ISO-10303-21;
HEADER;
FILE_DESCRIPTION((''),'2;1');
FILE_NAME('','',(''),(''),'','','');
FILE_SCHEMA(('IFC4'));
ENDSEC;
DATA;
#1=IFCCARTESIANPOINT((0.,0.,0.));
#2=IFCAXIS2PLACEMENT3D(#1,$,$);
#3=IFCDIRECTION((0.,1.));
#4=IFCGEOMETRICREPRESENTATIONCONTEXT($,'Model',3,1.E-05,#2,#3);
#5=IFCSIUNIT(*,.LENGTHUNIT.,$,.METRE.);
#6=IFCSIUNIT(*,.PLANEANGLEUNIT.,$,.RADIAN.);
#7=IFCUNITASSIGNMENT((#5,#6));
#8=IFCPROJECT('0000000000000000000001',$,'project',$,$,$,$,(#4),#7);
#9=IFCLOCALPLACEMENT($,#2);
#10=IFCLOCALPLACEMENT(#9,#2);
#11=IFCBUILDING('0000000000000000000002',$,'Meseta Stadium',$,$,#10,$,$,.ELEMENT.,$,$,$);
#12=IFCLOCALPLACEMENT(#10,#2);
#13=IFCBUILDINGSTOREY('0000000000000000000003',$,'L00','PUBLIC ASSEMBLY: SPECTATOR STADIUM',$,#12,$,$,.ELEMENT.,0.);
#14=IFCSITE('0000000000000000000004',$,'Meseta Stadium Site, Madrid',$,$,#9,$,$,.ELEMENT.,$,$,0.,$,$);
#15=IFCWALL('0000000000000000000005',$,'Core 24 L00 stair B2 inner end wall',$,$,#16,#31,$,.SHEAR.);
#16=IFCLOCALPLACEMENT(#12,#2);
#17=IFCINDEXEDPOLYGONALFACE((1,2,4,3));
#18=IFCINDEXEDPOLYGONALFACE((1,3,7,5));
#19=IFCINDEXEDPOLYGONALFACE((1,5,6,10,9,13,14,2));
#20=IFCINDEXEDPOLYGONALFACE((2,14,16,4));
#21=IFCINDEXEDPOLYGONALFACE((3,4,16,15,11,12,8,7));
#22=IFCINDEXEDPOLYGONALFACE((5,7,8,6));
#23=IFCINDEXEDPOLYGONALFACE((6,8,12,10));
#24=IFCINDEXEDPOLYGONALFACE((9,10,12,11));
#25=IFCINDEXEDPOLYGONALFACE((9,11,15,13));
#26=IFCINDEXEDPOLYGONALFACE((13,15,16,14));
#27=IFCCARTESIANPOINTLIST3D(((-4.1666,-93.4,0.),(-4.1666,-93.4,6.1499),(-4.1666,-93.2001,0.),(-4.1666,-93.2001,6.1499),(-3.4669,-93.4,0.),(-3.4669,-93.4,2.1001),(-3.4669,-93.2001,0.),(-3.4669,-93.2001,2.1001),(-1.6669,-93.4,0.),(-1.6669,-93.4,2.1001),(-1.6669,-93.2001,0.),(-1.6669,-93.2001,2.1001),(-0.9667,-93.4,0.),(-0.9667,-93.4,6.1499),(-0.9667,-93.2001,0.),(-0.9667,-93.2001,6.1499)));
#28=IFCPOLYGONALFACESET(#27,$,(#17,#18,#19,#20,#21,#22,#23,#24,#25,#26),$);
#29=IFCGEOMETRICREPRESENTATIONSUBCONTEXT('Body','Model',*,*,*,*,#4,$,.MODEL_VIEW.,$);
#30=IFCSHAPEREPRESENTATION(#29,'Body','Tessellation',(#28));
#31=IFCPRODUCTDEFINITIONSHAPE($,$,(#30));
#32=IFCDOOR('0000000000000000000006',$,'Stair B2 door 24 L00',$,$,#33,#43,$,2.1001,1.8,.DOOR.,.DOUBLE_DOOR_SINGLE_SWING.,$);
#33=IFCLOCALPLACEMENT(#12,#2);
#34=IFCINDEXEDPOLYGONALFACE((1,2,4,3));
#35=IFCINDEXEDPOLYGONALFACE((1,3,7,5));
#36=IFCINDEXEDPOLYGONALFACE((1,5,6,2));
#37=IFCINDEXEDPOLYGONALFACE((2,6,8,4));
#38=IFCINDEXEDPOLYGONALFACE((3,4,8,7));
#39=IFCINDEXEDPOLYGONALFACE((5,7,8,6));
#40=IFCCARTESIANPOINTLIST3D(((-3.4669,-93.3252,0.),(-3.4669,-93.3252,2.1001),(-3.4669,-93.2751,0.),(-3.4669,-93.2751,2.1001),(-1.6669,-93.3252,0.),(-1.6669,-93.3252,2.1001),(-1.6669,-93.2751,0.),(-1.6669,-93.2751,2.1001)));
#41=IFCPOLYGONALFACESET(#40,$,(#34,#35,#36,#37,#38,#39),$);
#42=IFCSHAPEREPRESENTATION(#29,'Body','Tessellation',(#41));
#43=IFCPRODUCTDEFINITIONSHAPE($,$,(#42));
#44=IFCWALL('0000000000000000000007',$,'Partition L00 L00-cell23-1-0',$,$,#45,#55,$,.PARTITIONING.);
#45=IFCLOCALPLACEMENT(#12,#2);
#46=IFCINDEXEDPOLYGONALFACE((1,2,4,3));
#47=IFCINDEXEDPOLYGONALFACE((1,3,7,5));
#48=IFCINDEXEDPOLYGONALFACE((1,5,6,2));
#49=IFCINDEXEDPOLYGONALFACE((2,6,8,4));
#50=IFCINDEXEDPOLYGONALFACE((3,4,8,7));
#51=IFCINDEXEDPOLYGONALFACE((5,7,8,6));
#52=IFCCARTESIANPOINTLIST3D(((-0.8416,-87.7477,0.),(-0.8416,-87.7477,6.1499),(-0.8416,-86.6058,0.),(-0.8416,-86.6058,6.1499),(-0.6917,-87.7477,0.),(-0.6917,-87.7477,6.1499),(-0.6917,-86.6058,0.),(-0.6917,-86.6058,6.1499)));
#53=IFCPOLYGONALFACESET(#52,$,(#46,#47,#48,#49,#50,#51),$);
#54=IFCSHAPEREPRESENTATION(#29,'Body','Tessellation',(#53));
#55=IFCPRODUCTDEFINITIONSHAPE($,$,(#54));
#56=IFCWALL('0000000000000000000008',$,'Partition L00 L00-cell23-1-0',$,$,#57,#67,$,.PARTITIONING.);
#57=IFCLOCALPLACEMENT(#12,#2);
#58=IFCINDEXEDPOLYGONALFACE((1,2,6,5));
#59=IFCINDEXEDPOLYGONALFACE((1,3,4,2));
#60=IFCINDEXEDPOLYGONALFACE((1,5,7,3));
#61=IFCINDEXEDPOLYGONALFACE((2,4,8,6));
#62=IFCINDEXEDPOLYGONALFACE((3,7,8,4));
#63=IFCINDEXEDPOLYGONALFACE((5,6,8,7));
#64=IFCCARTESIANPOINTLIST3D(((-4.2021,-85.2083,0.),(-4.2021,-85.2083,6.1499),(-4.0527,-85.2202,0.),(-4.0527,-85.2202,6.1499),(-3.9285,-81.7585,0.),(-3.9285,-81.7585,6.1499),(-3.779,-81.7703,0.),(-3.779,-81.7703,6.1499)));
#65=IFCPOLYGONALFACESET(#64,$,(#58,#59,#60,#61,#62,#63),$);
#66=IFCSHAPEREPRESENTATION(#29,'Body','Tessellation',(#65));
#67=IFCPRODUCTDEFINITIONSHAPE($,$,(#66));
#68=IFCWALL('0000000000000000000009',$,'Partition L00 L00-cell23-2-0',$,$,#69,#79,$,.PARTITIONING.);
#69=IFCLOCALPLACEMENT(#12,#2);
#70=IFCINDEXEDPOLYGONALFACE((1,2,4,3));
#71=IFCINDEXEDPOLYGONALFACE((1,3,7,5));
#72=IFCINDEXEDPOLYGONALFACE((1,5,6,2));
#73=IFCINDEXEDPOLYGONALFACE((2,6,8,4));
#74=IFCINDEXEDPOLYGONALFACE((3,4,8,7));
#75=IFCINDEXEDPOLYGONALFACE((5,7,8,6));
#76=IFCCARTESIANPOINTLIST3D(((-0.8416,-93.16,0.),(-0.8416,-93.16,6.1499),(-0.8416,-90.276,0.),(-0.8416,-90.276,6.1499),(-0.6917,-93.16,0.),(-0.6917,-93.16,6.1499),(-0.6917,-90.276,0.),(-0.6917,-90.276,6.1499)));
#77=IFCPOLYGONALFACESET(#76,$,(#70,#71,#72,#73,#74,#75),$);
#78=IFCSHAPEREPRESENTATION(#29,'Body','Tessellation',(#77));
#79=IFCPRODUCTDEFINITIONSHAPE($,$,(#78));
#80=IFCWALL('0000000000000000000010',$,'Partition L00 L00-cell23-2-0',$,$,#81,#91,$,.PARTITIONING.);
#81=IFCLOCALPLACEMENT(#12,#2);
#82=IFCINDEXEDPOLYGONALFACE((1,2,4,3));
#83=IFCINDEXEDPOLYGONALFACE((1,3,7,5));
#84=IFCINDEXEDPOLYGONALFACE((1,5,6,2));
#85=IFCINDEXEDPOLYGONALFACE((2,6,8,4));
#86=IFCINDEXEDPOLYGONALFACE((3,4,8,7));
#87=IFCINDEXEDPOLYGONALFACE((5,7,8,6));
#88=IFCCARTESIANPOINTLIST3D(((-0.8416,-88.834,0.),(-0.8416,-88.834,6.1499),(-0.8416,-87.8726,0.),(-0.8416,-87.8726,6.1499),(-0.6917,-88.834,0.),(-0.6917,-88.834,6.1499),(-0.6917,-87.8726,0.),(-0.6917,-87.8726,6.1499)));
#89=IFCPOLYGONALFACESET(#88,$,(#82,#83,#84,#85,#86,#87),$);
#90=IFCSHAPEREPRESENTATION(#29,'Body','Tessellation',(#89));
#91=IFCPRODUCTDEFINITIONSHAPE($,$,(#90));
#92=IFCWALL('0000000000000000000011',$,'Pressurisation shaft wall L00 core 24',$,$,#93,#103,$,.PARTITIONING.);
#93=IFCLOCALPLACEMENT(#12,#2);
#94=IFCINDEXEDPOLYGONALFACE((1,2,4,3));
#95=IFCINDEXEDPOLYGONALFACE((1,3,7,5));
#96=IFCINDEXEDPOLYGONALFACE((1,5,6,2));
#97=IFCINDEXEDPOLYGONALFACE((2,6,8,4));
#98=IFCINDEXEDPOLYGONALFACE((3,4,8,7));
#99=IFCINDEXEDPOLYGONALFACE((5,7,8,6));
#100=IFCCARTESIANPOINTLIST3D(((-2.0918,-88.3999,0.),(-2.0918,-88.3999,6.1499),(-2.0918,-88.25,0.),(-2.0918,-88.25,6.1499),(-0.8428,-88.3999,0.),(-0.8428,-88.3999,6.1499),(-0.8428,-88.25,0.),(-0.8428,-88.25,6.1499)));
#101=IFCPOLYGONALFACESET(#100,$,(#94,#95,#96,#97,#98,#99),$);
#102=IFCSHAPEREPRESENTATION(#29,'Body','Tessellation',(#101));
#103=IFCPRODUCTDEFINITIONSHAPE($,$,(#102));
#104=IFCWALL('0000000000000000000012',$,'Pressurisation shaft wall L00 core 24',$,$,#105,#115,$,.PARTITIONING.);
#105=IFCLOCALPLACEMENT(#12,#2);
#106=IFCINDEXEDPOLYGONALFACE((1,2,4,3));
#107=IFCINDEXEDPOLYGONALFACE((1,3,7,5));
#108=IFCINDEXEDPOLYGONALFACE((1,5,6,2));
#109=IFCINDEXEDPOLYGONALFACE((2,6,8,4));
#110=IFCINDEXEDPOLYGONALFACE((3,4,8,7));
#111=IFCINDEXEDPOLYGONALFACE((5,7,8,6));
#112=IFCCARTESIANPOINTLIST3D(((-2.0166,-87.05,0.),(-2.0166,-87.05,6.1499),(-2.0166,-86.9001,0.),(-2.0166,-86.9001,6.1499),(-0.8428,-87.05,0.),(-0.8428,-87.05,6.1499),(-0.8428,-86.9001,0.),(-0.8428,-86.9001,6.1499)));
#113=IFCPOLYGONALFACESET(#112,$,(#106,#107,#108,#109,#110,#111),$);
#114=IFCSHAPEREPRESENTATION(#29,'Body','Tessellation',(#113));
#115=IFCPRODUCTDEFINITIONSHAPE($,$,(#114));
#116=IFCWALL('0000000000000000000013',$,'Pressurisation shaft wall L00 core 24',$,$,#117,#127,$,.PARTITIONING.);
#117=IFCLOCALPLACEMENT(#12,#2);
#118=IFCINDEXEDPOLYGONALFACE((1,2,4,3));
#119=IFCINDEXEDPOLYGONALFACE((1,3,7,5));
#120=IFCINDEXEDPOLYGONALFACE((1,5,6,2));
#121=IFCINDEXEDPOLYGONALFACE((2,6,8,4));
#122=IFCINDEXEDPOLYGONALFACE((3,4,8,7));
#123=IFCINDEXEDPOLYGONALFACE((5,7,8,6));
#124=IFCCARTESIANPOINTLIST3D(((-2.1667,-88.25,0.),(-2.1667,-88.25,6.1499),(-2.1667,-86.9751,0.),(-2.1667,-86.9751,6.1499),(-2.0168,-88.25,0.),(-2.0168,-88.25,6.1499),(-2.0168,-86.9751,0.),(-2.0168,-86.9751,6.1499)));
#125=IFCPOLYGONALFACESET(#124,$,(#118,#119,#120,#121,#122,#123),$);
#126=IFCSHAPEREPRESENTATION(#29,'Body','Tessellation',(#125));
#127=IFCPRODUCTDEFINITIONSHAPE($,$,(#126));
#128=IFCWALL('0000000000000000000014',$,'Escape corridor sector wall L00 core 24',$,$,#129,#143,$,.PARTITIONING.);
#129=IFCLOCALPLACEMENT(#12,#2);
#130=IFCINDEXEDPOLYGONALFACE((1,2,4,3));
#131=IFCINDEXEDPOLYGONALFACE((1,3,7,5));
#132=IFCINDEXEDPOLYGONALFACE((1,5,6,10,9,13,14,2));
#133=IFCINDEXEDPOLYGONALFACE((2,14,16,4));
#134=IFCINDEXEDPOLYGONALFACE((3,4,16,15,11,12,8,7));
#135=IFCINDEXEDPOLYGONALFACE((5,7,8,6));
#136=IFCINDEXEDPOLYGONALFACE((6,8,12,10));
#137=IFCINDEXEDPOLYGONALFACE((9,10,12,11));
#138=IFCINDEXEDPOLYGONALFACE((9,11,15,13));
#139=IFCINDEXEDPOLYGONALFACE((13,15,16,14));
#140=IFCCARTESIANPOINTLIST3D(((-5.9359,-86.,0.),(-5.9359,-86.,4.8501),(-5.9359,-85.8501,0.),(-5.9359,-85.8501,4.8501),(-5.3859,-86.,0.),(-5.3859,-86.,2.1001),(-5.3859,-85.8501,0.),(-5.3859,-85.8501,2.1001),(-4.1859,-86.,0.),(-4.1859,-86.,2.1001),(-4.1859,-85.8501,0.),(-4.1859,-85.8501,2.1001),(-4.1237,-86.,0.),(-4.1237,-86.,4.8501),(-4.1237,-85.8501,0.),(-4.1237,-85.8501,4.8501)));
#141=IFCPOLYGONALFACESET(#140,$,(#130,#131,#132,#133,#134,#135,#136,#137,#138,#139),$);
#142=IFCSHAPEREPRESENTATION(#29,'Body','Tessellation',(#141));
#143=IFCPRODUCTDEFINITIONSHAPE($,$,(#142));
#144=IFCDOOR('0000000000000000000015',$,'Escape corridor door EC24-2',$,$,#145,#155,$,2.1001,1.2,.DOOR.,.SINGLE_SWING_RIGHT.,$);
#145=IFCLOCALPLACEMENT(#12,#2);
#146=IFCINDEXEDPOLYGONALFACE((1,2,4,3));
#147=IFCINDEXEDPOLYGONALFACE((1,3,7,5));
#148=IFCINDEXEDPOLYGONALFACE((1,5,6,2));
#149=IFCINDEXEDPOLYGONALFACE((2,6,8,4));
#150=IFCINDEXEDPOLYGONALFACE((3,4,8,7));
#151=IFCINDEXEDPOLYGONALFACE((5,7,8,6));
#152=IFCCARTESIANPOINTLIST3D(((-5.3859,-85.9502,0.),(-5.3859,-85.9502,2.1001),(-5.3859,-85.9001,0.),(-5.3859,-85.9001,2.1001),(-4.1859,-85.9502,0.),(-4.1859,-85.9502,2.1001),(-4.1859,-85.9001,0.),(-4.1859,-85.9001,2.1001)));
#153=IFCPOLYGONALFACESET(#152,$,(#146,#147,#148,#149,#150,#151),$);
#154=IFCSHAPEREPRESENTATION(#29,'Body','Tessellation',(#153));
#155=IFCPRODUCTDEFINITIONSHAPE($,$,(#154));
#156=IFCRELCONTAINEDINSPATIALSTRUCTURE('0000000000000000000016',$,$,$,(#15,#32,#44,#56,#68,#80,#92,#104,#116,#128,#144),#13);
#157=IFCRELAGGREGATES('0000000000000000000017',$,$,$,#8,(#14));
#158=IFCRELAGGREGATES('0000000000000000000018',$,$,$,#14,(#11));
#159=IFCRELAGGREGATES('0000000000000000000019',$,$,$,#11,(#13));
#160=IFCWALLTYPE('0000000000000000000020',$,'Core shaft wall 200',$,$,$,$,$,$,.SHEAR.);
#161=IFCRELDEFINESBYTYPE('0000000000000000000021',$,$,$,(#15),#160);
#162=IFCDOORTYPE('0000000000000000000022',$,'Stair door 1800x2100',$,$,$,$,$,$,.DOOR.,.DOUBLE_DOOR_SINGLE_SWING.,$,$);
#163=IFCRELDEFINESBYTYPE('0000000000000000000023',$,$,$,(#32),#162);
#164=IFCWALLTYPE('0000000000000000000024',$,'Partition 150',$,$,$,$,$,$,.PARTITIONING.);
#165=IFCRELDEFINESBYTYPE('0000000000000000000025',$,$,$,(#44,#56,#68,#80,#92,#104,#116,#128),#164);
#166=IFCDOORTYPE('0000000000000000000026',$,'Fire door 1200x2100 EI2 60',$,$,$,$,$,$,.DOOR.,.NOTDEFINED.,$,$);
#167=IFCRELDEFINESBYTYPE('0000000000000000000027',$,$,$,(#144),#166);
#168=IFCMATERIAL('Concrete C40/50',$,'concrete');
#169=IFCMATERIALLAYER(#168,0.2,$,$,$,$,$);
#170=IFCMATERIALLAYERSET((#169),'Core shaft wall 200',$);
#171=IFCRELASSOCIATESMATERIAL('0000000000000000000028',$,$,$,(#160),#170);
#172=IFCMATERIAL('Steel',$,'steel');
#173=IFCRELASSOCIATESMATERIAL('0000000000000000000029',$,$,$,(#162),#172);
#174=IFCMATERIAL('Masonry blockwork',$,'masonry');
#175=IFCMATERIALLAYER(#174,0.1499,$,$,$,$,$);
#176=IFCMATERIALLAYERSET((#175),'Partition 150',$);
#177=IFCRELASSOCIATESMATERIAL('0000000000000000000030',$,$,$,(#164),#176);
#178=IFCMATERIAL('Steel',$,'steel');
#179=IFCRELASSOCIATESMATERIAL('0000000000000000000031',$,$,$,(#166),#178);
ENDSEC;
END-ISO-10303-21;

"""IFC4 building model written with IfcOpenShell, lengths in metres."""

from ifc_helpers import new_model, si_unit, direction, frame, frame_2d, origin, place, context, subcontext, project, spatial, rectangle, extrude, material, layer, layer_set, type_object, element, fill, save


model = new_model("IFC4")

# Units and contexts
model_context = context("Model", 3, precision=1e-05, world=origin(), true_north=direction((0.0, 1.0)))
body_context = subcontext(model_context, "Body", "Model", "MODEL_VIEW")
ifc_project = project(units=[si_unit("LENGTHUNIT", "METRE"), si_unit("PLANEANGLEUNIT", "RADIAN")], contexts=[model_context])

# Site, building, storey
site_placement = place(None, origin())
site = spatial("IfcSite", under=ifc_project, at=site_placement, Name="Meseta Stadium Site, Madrid", CompositionType="ELEMENT", RefElevation=0.0)
building_placement = place(site_placement, origin())
building = spatial("IfcBuilding", under=site, at=building_placement, Name="Meseta Stadium", CompositionType="ELEMENT")
storey_placement = place(building_placement, origin())
storey = spatial("IfcBuildingStorey", under=building, at=storey_placement, Name="L00", Description="PUBLIC ASSEMBLY: SPECTATOR STADIUM", CompositionType="ELEMENT", Elevation=0.0)

# Wall, opening, door
ifc_material_1 = material(Name="Concrete C40/50", Category="concrete")
ifc_layer_1 = layer(ifc_material_1, 0.2)
ifc_layer_set_1 = layer_set([ifc_layer_1], Name="Core shaft wall 200")
wall_type_1 = type_object("IfcWallType", Name="Core shaft wall 200", PredefinedType="SHEAR", material=ifc_layer_set_1)
ifc_material_2 = material(Name="Steel", Category="steel")
door_type_1 = type_object("IfcDoorType", Name="Stair door 1800x2100", OperationType="DOUBLE_DOOR_SINGLE_SWING", PredefinedType="DOOR", material=ifc_material_2)
wall_1_placement = place(storey_placement, frame((-4.1667, -93.3, 0.0), z_axis=(0.0, 0.0, 1.0), x_axis=(1.0, 0.0, 0.0)))
wall_1 = element("IfcWall", 1, at=wall_1_placement, inside=storey, type_object=wall_type_1, Name="Core 24 L00 stair B2 inner end wall", PredefinedType="SHEAR", context=body_context, shape_type="SweptSolid", body=[
    extrude(rectangle(XDim=3.2, YDim=0.2, at=frame_2d((1.6001, 0.0))), origin(), (0.0, 0.0, 1.0), 6.1499),
])
opening_1_placement = place(wall_1_placement, frame((0.7, 0.0, 0.0)))
opening_1 = element("IfcOpeningElement", 2, at=opening_1_placement, cuts=wall_1, PredefinedType="OPENING", context=body_context, shape_type="SweptSolid", body=[
    extrude(rectangle(XDim=1.8, YDim=2.1001, at=frame_2d((0.8999, 1.05))), frame((0.0, 0.1099, 0.0), z_axis=(0.0, -1.0, 0.0), x_axis=(1.0, 0.0, 0.0)), (0.0, 0.0, 1.0), 0.22),
])
door_1_placement = place(opening_1_placement, origin())
door_1 = element("IfcDoor", 3, at=door_1_placement, inside=storey, type_object=door_type_1, Name="Stair B2 door 24 L00", OperationType="DOUBLE_DOOR_SINGLE_SWING", OverallHeight=2.1001, OverallWidth=1.8, PredefinedType="DOOR", context=body_context, shape_type="SweptSolid", body=[
    extrude(rectangle(XDim=1.8, YDim=2.1001, at=frame_2d((0.8999, 1.05))), frame((0.0, 0.0249, 0.0), z_axis=(0.0, -1.0, 0.0), x_axis=(1.0, 0.0, 0.0)), (0.0, 0.0, 1.0), 0.05),
])
fill(opening_1, door_1)

# Walls
ifc_material_3 = material(Name="Masonry blockwork", Category="masonry")
ifc_layer_2 = layer(ifc_material_3, 0.1499)
ifc_layer_set_2 = layer_set([ifc_layer_2], Name="Partition 150")
wall_type_2 = type_object("IfcWallType", Name="Partition 150", PredefinedType="PARTITIONING", material=ifc_layer_set_2)
wall_2_placement = place(storey_placement, frame((-0.7666, -87.7476, 0.0), z_axis=(0.0, 0.0, 1.0), x_axis=(0.0, 1.0, 0.0)))
element("IfcWall", 4, at=wall_2_placement, inside=storey, type_object=wall_type_2, Name="Partition L00 L00-cell23-1-0", PredefinedType="PARTITIONING", context=body_context, shape_type="SweptSolid", body=[
    extrude(rectangle(XDim=1.1418, YDim=0.1499, at=frame_2d((0.5708, 0.0))), origin(), (0.0, 0.0, 1.0), 6.1499),
])
wall_3_placement = place(storey_placement, frame((-4.1274, -85.2144, 0.0), z_axis=(0.0, 0.0, 1.0), x_axis=(0.079081, 0.996868, 0.0)))
element("IfcWall", 5, at=wall_3_placement, inside=storey, type_object=wall_type_2, Name="Partition L00 L00-cell23-1-0", PredefinedType="PARTITIONING", context=body_context, shape_type="SweptSolid", body=[
    extrude(rectangle(XDim=3.4607, YDim=0.1499, at=frame_2d((1.7305, 0.0))), origin(), (0.0, 0.0, 1.0), 6.1499),
])
wall_4_placement = place(storey_placement, frame((-0.7666, -93.1599, 0.0), z_axis=(0.0, 0.0, 1.0), x_axis=(0.0, 1.0, 0.0)))
element("IfcWall", 6, at=wall_4_placement, inside=storey, type_object=wall_type_2, Name="Partition L00 L00-cell23-2-0", PredefinedType="PARTITIONING", context=body_context, shape_type="SweptSolid", body=[
    extrude(rectangle(XDim=2.884, YDim=0.1499, at=frame_2d((1.4419, 0.0))), origin(), (0.0, 0.0, 1.0), 6.1499),
])
wall_5_placement = place(storey_placement, frame((-0.7666, -88.834, 0.0), z_axis=(0.0, 0.0, 1.0), x_axis=(0.0, 1.0, 0.0)))
element("IfcWall", 7, at=wall_5_placement, inside=storey, type_object=wall_type_2, Name="Partition L00 L00-cell23-2-0", PredefinedType="PARTITIONING", context=body_context, shape_type="SweptSolid", body=[
    extrude(rectangle(XDim=0.9614, YDim=0.1499, at=frame_2d((0.4807, 0.0))), origin(), (0.0, 0.0, 1.0), 6.1499),
])
wall_6_placement = place(storey_placement, frame((-2.0918, -88.325, 0.0), z_axis=(0.0, 0.0, 1.0), x_axis=(1.0, 0.0, 0.0)))
element("IfcWall", 8, at=wall_6_placement, inside=storey, type_object=wall_type_2, Name="Pressurisation shaft wall L00 core 24", PredefinedType="PARTITIONING", context=body_context, shape_type="SweptSolid", body=[
    extrude(rectangle(XDim=1.249, YDim=0.1499, at=frame_2d((0.6245, 0.0))), origin(), (0.0, 0.0, 1.0), 6.1499),
])
wall_7_placement = place(storey_placement, frame((-0.8428, -86.9751, 0.0), z_axis=(0.0, 0.0, 1.0), x_axis=(-1.0, 0.0, 0.0)))
element("IfcWall", 9, at=wall_7_placement, inside=storey, type_object=wall_type_2, Name="Pressurisation shaft wall L00 core 24", PredefinedType="PARTITIONING", context=body_context, shape_type="SweptSolid", body=[
    extrude(rectangle(XDim=1.1738, YDim=0.1499, at=frame_2d((0.5869, 0.0))), origin(), (0.0, 0.0, 1.0), 6.1499),
])
wall_8_placement = place(storey_placement, frame((-2.0918, -86.9751, 0.0), z_axis=(0.0, 0.0, 1.0), x_axis=(0.0, -1.0, 0.0)))
element("IfcWall", 10, at=wall_8_placement, inside=storey, type_object=wall_type_2, Name="Pressurisation shaft wall L00 core 24", PredefinedType="PARTITIONING", context=body_context, shape_type="SweptSolid", body=[
    extrude(rectangle(XDim=1.2749, YDim=0.1499, at=frame_2d((0.6375, 0.0))), origin(), (0.0, 0.0, 1.0), 6.1499),
])

# Wall, opening, door
wall_9_placement = place(storey_placement, frame((-5.936, -85.925, 0.0), z_axis=(0.0, 0.0, 1.0), x_axis=(1.0, 0.0, 0.0)))
wall_9 = element("IfcWall", 11, at=wall_9_placement, inside=storey, type_object=wall_type_2, Name="Escape corridor sector wall L00 core 24", PredefinedType="PARTITIONING", context=body_context, shape_type="SweptSolid", body=[
    extrude(rectangle(XDim=1.8123, YDim=0.1499, at=frame_2d((0.9062, 0.0))), origin(), (0.0, 0.0, 1.0), 4.8501),
])
opening_2_placement = place(wall_9_placement, frame((0.55, 0.0, 0.0)))
opening_2 = element("IfcOpeningElement", 12, at=opening_2_placement, cuts=wall_9, PredefinedType="OPENING", context=body_context, shape_type="SweptSolid", body=[
    extrude(rectangle(XDim=1.2, YDim=2.1001, at=frame_2d((0.6001, 1.05))), frame((0.0, 0.085, 0.0), z_axis=(0.0, -1.0, 0.0), x_axis=(1.0, 0.0, 0.0)), (0.0, 0.0, 1.0), 0.1699),
])
ifc_material_4 = material(Name="Steel", Category="steel")
door_type_2 = type_object("IfcDoorType", Name="Fire door 1200x2100 EI2 60", OperationType="NOTDEFINED", PredefinedType="DOOR", material=ifc_material_4)
door_2_placement = place(opening_2_placement, origin())
door_2 = element("IfcDoor", 13, at=door_2_placement, inside=storey, type_object=door_type_2, Name="Escape corridor door EC24-2", OperationType="SINGLE_SWING_RIGHT", OverallHeight=2.1001, OverallWidth=1.2, PredefinedType="DOOR", context=body_context, shape_type="SweptSolid", body=[
    extrude(rectangle(XDim=1.2, YDim=2.1001, at=frame_2d((0.6001, 1.05))), frame((0.0, 0.0249, 0.0), z_axis=(0.0, -1.0, 0.0), x_axis=(1.0, 0.0, 0.0)), (0.0, 0.0, 1.0), 0.05),
])
fill(opening_2, door_2)

save(model, "model.ifc")
